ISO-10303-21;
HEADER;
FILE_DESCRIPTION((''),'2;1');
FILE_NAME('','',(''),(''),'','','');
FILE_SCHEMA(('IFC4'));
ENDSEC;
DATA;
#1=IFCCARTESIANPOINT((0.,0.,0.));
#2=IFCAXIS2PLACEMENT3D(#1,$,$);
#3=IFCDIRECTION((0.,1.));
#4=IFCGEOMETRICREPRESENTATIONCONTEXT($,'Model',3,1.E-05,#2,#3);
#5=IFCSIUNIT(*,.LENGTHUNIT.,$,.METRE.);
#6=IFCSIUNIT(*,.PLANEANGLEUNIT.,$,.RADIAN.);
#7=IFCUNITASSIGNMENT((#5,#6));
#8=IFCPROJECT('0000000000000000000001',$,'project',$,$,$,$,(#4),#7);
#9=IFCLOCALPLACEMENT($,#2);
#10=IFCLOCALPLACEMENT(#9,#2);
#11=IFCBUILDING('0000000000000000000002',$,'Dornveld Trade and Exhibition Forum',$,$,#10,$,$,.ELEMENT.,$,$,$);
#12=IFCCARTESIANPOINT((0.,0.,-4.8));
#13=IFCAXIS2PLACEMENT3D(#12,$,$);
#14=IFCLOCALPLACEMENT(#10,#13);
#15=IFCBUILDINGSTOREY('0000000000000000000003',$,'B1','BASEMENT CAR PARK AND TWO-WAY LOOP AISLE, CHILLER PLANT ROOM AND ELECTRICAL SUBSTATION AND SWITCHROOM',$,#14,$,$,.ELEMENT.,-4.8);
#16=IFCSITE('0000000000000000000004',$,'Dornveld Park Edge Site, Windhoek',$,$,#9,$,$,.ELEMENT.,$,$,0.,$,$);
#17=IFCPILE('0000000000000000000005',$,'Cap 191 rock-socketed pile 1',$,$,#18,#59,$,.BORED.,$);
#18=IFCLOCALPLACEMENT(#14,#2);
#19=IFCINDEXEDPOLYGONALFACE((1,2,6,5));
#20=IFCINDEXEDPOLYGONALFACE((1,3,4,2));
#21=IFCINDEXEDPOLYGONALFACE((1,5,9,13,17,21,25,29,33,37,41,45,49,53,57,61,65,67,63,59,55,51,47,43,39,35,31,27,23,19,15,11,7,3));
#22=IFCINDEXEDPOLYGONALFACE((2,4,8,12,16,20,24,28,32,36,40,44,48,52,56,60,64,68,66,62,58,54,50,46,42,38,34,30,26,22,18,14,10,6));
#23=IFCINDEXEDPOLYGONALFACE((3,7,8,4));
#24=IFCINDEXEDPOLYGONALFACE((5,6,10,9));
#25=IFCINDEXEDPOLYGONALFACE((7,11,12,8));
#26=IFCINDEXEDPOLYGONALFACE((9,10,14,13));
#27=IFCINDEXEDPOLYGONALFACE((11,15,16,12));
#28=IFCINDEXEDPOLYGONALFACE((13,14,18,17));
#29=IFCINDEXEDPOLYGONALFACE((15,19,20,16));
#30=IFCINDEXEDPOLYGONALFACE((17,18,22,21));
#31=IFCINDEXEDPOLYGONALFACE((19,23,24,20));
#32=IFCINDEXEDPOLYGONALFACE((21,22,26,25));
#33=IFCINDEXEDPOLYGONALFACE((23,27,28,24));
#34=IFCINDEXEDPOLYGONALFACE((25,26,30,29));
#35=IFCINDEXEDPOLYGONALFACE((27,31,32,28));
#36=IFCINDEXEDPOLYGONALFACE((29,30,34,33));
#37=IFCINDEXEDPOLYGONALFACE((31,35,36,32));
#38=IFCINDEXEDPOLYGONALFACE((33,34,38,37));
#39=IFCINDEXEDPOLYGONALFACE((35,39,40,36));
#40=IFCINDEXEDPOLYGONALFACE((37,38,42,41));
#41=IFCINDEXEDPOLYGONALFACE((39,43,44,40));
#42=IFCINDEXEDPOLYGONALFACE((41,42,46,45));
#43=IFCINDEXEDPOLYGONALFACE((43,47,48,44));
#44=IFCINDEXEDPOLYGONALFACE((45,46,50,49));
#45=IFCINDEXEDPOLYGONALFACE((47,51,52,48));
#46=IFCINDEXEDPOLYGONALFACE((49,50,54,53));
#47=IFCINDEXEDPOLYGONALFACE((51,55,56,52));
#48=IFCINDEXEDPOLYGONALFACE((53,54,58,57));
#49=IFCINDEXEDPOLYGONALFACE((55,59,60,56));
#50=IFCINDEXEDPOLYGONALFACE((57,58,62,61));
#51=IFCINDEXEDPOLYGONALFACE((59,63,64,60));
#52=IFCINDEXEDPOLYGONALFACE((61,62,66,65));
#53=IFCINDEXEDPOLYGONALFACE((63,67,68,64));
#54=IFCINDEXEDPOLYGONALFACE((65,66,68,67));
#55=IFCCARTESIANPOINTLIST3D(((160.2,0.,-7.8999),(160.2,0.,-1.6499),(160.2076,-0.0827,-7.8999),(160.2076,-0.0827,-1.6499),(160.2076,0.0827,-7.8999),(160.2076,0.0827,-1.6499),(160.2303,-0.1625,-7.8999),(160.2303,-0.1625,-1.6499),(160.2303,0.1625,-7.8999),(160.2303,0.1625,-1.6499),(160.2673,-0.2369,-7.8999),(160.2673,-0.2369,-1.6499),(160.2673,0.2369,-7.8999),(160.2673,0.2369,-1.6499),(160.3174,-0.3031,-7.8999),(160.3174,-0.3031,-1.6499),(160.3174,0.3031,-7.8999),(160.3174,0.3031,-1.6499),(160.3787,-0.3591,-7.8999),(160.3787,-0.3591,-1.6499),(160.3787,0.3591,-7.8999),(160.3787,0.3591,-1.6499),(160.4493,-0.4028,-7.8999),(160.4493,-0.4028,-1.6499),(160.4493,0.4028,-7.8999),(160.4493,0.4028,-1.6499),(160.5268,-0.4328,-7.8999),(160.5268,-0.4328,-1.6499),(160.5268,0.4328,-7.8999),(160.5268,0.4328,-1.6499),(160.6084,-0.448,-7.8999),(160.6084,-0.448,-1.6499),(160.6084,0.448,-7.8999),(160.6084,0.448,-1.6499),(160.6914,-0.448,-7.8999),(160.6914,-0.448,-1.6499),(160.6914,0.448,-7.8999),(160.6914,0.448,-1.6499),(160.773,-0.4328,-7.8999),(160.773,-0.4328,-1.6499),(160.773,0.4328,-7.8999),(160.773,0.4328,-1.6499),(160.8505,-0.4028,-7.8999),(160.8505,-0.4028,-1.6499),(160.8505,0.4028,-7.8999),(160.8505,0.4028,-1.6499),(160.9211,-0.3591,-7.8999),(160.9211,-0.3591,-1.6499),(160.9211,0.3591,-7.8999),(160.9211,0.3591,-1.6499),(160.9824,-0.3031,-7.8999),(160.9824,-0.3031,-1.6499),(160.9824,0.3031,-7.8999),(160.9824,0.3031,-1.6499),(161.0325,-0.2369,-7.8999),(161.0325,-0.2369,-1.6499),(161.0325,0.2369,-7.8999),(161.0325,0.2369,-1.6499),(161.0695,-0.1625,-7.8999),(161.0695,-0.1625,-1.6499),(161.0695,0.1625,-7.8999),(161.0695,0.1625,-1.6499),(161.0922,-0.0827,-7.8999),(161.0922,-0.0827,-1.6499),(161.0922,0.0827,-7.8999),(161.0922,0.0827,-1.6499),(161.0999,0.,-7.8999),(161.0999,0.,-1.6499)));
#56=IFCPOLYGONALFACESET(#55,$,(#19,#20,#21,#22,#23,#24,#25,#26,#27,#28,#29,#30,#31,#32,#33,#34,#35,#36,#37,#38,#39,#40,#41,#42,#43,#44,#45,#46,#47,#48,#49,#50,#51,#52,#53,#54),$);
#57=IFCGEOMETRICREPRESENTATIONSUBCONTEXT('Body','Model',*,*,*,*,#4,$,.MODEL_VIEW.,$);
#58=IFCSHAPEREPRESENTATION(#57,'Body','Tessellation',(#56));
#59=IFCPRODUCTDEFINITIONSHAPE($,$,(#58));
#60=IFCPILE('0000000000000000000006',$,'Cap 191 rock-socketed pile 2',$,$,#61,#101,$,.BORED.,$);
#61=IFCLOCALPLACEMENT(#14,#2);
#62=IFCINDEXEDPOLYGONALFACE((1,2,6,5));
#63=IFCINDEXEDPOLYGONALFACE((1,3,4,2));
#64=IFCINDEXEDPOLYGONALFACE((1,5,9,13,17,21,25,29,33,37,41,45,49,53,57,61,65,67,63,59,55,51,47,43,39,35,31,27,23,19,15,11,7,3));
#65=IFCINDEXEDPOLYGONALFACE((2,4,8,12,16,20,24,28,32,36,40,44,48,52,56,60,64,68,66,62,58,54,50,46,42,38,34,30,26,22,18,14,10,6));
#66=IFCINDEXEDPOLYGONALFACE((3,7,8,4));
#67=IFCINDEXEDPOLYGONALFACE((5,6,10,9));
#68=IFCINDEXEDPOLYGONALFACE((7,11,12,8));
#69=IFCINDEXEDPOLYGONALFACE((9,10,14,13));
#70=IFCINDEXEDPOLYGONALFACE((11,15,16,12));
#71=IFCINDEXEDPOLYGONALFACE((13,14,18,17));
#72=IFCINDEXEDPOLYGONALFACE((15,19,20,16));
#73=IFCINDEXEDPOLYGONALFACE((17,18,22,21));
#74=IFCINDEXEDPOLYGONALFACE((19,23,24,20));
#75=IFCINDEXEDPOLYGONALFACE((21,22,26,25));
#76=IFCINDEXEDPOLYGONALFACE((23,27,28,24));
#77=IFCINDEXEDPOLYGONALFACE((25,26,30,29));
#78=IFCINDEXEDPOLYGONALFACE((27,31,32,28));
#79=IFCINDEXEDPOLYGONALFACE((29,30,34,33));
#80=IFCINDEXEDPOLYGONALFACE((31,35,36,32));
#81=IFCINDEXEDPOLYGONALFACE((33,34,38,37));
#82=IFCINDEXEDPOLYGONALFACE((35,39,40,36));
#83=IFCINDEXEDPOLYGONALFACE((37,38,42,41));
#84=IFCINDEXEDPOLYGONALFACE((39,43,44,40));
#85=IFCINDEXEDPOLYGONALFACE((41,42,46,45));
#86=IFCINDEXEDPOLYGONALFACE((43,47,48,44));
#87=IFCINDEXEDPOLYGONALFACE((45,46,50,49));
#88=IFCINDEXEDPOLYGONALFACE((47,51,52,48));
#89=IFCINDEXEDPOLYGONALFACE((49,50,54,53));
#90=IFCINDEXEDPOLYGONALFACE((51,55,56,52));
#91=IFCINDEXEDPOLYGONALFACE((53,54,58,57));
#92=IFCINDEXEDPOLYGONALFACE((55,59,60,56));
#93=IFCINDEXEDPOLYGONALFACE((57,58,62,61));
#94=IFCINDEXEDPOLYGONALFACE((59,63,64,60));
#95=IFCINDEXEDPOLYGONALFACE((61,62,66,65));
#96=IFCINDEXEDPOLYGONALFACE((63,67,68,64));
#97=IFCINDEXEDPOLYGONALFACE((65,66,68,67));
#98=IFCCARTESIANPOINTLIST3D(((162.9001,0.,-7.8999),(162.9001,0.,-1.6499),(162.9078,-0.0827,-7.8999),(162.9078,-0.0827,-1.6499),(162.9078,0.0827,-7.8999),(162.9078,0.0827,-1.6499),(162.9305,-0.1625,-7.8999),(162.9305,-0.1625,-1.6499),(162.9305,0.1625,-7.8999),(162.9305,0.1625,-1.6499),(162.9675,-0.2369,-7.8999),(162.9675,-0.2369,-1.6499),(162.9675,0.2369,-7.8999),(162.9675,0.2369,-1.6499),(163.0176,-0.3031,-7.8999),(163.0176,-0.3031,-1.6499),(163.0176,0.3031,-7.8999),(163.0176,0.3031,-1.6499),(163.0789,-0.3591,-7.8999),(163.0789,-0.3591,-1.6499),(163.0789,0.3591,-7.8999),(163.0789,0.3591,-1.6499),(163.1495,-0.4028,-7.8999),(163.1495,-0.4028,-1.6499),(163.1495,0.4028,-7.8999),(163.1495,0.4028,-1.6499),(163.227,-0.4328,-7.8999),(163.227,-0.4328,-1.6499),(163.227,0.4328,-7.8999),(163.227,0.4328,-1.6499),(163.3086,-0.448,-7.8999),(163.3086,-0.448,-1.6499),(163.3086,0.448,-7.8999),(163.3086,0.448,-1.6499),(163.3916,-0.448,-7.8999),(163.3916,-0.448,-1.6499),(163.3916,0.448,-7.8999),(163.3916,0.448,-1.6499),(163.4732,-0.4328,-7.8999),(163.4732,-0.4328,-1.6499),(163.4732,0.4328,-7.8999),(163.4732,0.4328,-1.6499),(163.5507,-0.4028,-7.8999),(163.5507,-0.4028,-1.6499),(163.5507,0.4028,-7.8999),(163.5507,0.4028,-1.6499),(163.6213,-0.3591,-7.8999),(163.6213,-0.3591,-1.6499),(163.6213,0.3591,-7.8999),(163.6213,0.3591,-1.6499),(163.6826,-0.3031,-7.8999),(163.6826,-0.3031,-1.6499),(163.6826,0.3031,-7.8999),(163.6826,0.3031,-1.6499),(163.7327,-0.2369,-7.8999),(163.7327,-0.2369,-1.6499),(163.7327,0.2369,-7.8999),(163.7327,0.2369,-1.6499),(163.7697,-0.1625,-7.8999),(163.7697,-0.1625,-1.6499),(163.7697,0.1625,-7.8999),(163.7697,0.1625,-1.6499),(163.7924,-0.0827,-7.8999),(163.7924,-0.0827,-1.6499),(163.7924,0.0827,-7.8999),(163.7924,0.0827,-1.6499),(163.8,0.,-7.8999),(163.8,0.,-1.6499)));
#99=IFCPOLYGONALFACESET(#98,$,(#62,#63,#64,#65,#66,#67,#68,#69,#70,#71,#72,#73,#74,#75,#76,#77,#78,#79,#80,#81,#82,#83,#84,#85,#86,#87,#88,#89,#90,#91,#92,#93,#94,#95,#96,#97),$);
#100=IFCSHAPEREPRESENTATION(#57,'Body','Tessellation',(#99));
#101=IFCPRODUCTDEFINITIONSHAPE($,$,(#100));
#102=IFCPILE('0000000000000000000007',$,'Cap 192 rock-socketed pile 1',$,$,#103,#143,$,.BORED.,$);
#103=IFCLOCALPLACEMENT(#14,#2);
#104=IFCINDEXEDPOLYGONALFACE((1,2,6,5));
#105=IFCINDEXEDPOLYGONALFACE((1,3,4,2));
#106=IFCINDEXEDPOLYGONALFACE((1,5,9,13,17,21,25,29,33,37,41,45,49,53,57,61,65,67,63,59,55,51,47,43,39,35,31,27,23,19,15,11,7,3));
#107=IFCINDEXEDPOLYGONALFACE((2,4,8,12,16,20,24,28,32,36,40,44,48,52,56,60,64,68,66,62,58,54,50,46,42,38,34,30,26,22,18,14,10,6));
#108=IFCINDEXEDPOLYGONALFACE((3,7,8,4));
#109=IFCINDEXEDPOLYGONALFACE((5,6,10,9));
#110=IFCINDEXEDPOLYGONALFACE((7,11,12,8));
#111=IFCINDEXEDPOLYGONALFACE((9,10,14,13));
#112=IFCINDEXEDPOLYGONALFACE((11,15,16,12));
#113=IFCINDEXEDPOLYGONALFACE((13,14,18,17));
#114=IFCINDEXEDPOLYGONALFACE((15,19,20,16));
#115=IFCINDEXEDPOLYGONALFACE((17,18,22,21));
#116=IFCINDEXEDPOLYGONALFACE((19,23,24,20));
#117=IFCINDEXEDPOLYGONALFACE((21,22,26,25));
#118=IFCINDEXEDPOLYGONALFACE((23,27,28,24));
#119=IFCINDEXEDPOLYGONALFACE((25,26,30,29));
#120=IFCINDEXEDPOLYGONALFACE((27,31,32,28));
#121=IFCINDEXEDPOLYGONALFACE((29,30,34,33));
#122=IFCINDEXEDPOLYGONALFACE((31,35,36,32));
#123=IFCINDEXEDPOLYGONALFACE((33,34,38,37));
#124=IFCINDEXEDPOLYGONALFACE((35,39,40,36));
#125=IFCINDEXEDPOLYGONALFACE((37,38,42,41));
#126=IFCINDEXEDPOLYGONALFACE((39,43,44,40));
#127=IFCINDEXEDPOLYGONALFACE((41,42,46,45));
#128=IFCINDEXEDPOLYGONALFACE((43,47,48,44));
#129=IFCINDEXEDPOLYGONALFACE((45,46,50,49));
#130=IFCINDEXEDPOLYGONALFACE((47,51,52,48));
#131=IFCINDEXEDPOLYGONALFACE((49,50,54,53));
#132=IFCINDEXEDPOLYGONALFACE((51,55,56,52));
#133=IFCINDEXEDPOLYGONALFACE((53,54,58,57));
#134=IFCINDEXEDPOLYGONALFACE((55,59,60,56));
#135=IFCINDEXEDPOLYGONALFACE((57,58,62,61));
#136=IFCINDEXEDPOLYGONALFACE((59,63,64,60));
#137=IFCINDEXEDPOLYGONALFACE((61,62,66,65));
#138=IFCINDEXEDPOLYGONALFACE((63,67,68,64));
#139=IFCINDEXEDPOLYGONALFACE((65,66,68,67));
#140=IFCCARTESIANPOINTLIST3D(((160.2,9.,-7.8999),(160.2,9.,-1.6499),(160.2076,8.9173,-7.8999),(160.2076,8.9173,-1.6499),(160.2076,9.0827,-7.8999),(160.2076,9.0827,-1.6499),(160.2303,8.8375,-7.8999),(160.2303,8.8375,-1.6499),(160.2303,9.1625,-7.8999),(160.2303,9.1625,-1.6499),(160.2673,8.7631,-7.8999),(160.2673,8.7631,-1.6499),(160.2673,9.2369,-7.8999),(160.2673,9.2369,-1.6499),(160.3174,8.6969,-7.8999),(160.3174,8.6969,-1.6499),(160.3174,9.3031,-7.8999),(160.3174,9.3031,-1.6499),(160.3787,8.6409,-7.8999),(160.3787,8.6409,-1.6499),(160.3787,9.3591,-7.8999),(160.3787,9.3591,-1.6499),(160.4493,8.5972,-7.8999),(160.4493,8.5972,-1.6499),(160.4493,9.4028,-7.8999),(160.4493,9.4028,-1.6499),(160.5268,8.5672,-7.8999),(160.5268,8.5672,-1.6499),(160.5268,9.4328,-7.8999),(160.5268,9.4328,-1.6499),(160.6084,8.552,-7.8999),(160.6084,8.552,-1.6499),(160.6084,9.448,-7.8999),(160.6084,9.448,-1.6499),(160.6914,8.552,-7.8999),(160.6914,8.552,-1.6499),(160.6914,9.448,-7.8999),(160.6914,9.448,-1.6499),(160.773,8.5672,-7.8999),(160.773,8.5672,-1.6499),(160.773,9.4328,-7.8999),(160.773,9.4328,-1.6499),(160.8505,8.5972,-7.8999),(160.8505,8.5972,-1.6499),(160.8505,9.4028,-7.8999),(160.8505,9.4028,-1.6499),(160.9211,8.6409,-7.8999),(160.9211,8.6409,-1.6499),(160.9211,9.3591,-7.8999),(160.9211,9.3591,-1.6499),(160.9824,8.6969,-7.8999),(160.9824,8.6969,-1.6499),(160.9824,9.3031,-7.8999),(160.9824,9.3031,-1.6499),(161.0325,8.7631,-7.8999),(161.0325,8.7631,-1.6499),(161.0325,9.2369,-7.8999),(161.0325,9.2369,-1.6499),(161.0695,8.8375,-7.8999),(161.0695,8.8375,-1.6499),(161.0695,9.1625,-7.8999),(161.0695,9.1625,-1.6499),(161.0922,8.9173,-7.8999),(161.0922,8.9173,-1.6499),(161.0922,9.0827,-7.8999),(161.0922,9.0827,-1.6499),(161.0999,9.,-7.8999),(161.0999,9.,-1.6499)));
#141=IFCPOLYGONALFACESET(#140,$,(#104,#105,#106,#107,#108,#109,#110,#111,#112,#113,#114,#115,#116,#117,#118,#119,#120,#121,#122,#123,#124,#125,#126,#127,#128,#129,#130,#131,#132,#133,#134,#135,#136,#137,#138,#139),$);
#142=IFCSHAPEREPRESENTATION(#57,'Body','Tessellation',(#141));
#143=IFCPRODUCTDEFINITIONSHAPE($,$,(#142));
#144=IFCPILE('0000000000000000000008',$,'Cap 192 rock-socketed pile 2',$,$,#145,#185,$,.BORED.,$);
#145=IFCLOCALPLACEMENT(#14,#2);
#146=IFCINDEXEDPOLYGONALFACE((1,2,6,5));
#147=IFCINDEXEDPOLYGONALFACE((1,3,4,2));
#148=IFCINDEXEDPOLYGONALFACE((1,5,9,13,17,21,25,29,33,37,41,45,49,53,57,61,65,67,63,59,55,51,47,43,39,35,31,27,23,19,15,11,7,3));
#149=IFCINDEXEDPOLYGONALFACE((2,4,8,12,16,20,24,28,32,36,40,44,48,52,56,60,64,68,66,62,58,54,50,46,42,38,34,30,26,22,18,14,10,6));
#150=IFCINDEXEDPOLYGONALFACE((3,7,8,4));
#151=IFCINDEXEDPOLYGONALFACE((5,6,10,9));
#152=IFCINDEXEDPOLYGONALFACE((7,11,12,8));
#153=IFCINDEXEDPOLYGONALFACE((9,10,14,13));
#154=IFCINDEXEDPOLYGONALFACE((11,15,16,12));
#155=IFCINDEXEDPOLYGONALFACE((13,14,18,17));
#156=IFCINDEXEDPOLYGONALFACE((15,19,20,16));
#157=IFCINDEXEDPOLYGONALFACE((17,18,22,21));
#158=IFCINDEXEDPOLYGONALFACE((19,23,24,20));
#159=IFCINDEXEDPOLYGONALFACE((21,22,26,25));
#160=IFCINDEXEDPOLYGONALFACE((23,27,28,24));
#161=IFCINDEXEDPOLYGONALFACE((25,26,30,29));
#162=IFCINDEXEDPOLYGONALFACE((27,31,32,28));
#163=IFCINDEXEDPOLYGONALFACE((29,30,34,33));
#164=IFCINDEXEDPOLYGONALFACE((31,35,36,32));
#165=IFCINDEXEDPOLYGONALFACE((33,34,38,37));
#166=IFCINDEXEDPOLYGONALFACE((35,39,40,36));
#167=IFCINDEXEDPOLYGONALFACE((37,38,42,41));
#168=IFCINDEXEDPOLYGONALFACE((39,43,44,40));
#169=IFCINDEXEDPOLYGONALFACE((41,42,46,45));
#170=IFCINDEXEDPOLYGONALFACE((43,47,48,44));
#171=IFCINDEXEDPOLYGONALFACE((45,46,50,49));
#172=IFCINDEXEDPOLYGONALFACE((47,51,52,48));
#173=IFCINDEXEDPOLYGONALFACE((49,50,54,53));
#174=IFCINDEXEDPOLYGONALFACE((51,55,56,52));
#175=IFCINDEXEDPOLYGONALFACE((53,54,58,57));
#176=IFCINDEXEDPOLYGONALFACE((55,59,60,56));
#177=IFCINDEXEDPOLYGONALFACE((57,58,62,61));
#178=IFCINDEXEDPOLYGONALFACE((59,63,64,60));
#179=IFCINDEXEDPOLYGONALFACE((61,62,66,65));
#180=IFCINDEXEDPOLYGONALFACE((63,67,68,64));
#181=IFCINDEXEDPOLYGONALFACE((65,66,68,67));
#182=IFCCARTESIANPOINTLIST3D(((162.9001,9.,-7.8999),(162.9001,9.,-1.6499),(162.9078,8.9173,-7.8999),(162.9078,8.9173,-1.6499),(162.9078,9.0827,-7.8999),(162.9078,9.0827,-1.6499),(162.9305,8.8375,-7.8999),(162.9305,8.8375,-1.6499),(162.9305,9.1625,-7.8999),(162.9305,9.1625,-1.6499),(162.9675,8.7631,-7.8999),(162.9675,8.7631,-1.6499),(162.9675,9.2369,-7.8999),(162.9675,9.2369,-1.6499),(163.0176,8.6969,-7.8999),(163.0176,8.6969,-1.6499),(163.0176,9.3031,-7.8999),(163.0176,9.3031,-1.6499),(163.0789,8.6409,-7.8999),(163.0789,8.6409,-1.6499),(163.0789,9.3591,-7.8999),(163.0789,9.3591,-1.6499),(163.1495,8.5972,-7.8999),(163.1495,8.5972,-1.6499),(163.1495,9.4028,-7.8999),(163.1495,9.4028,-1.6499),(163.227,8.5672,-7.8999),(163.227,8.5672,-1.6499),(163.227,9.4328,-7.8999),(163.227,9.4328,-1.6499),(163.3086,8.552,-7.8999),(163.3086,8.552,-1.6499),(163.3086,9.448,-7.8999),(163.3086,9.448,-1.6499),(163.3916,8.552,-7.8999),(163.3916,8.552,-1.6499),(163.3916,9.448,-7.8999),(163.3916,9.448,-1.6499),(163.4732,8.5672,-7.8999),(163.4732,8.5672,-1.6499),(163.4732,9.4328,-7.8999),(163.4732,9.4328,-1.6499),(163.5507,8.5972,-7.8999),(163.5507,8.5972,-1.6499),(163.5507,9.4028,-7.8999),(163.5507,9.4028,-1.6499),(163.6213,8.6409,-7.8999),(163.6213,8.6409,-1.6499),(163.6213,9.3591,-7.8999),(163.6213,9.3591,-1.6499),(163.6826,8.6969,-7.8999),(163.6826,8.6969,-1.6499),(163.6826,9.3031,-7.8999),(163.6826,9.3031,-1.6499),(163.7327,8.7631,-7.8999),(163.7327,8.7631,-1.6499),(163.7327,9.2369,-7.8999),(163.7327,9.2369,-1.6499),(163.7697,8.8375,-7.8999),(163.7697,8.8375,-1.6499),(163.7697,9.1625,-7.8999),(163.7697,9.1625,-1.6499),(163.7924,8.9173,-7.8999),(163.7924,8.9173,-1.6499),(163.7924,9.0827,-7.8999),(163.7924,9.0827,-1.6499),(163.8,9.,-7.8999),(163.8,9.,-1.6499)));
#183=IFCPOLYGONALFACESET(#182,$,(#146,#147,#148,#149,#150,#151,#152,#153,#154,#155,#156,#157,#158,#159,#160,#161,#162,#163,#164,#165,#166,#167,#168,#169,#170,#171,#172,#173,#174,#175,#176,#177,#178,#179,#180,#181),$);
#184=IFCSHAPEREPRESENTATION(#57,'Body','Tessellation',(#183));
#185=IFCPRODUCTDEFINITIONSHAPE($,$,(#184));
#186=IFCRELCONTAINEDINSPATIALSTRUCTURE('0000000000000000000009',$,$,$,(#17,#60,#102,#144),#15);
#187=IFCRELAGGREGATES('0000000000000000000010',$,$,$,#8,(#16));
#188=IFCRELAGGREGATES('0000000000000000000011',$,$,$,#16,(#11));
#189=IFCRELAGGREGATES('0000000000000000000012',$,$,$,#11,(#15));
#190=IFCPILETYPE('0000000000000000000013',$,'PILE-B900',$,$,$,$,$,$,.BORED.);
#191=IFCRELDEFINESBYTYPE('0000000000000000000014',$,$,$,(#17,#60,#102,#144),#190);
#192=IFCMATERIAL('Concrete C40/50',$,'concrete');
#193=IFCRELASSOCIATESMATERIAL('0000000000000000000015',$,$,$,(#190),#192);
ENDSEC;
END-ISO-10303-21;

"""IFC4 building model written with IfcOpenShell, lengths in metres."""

from ifc_helpers import new_model, si_unit, direction, frame, origin, origin_2d, place, context, subcontext, project, spatial, circle, extrude, material, material_profile, profile_set, type_object, element, save


model = new_model("IFC4")

# Units and contexts
model_context = context("Model", 3, precision=1e-05, world=origin(), true_north=direction((0.0, 1.0)))
body_context = subcontext(model_context, "Body", "Model", "MODEL_VIEW")
ifc_project = project(units=[si_unit("LENGTHUNIT", "METRE"), si_unit("PLANEANGLEUNIT", "RADIAN")], contexts=[model_context])

# Site, building, storey
site_placement = place(None, origin())
site = spatial("IfcSite", under=ifc_project, at=site_placement, Name="Dornveld Park Edge Site, Windhoek", CompositionType="ELEMENT", RefElevation=0.0)
building_placement = place(site_placement, origin())
building = spatial("IfcBuilding", under=site, at=building_placement, Name="Dornveld Trade and Exhibition Forum", CompositionType="ELEMENT")
storey_placement = place(building_placement, frame((0.0, 0.0, -4.8)))
storey = spatial("IfcBuildingStorey", under=building, at=storey_placement, Name="B1", Description="BASEMENT CAR PARK AND TWO-WAY LOOP AISLE, CHILLER PLANT ROOM AND ELECTRICAL SUBSTATION AND SWITCHROOM", CompositionType="ELEMENT", Elevation=-4.8)

# Piles
ifc_material_1 = material(Name="Concrete C40/50", Category="concrete")
ifc_material_profile_1 = material_profile(ifc_material_1, circle(Radius=0.45, at=origin_2d()), Name="PILE D900")
ifc_profile_set_1 = profile_set([ifc_material_profile_1], Name="Concrete C40/50")
pile_type = type_object("IfcPileType", Name="PILE-B900", PredefinedType="BORED", material=ifc_profile_set_1)
for number, where, z_axis, x_axis, name in (
    (1, (160.6499, 0.0, -1.6499), (0.0, 0.0, -1.0), (1.0, 0.0, 0.0), "Cap 191 rock-socketed pile 1"),
    (2, (163.3501, 0.0, -1.6499), (0.0, 0.0, -1.0), (1.0, 0.0, 0.0), "Cap 191 rock-socketed pile 2"),
    (3, (160.6499, 9.0, -1.6499), (0.0, 0.0, -1.0), (1.0, 0.0, 0.0), "Cap 192 rock-socketed pile 1"),
    (4, (163.3501, 9.0, -1.6499), (0.0, 0.0, -1.0), (1.0, 0.0, 0.0), "Cap 192 rock-socketed pile 2"),
):
    element("IfcPile", number, at=place(storey_placement, frame(where, z_axis=z_axis, x_axis=x_axis)), inside=storey, type_object=pile_type, Name=name, PredefinedType="BORED", context=body_context, shape_type="SweptSolid", body=[
        extrude(circle(Radius=0.45, at=origin_2d()), origin(), (0.0, 0.0, 1.0), 6.25),
    ])

save(model, "model.ifc")
